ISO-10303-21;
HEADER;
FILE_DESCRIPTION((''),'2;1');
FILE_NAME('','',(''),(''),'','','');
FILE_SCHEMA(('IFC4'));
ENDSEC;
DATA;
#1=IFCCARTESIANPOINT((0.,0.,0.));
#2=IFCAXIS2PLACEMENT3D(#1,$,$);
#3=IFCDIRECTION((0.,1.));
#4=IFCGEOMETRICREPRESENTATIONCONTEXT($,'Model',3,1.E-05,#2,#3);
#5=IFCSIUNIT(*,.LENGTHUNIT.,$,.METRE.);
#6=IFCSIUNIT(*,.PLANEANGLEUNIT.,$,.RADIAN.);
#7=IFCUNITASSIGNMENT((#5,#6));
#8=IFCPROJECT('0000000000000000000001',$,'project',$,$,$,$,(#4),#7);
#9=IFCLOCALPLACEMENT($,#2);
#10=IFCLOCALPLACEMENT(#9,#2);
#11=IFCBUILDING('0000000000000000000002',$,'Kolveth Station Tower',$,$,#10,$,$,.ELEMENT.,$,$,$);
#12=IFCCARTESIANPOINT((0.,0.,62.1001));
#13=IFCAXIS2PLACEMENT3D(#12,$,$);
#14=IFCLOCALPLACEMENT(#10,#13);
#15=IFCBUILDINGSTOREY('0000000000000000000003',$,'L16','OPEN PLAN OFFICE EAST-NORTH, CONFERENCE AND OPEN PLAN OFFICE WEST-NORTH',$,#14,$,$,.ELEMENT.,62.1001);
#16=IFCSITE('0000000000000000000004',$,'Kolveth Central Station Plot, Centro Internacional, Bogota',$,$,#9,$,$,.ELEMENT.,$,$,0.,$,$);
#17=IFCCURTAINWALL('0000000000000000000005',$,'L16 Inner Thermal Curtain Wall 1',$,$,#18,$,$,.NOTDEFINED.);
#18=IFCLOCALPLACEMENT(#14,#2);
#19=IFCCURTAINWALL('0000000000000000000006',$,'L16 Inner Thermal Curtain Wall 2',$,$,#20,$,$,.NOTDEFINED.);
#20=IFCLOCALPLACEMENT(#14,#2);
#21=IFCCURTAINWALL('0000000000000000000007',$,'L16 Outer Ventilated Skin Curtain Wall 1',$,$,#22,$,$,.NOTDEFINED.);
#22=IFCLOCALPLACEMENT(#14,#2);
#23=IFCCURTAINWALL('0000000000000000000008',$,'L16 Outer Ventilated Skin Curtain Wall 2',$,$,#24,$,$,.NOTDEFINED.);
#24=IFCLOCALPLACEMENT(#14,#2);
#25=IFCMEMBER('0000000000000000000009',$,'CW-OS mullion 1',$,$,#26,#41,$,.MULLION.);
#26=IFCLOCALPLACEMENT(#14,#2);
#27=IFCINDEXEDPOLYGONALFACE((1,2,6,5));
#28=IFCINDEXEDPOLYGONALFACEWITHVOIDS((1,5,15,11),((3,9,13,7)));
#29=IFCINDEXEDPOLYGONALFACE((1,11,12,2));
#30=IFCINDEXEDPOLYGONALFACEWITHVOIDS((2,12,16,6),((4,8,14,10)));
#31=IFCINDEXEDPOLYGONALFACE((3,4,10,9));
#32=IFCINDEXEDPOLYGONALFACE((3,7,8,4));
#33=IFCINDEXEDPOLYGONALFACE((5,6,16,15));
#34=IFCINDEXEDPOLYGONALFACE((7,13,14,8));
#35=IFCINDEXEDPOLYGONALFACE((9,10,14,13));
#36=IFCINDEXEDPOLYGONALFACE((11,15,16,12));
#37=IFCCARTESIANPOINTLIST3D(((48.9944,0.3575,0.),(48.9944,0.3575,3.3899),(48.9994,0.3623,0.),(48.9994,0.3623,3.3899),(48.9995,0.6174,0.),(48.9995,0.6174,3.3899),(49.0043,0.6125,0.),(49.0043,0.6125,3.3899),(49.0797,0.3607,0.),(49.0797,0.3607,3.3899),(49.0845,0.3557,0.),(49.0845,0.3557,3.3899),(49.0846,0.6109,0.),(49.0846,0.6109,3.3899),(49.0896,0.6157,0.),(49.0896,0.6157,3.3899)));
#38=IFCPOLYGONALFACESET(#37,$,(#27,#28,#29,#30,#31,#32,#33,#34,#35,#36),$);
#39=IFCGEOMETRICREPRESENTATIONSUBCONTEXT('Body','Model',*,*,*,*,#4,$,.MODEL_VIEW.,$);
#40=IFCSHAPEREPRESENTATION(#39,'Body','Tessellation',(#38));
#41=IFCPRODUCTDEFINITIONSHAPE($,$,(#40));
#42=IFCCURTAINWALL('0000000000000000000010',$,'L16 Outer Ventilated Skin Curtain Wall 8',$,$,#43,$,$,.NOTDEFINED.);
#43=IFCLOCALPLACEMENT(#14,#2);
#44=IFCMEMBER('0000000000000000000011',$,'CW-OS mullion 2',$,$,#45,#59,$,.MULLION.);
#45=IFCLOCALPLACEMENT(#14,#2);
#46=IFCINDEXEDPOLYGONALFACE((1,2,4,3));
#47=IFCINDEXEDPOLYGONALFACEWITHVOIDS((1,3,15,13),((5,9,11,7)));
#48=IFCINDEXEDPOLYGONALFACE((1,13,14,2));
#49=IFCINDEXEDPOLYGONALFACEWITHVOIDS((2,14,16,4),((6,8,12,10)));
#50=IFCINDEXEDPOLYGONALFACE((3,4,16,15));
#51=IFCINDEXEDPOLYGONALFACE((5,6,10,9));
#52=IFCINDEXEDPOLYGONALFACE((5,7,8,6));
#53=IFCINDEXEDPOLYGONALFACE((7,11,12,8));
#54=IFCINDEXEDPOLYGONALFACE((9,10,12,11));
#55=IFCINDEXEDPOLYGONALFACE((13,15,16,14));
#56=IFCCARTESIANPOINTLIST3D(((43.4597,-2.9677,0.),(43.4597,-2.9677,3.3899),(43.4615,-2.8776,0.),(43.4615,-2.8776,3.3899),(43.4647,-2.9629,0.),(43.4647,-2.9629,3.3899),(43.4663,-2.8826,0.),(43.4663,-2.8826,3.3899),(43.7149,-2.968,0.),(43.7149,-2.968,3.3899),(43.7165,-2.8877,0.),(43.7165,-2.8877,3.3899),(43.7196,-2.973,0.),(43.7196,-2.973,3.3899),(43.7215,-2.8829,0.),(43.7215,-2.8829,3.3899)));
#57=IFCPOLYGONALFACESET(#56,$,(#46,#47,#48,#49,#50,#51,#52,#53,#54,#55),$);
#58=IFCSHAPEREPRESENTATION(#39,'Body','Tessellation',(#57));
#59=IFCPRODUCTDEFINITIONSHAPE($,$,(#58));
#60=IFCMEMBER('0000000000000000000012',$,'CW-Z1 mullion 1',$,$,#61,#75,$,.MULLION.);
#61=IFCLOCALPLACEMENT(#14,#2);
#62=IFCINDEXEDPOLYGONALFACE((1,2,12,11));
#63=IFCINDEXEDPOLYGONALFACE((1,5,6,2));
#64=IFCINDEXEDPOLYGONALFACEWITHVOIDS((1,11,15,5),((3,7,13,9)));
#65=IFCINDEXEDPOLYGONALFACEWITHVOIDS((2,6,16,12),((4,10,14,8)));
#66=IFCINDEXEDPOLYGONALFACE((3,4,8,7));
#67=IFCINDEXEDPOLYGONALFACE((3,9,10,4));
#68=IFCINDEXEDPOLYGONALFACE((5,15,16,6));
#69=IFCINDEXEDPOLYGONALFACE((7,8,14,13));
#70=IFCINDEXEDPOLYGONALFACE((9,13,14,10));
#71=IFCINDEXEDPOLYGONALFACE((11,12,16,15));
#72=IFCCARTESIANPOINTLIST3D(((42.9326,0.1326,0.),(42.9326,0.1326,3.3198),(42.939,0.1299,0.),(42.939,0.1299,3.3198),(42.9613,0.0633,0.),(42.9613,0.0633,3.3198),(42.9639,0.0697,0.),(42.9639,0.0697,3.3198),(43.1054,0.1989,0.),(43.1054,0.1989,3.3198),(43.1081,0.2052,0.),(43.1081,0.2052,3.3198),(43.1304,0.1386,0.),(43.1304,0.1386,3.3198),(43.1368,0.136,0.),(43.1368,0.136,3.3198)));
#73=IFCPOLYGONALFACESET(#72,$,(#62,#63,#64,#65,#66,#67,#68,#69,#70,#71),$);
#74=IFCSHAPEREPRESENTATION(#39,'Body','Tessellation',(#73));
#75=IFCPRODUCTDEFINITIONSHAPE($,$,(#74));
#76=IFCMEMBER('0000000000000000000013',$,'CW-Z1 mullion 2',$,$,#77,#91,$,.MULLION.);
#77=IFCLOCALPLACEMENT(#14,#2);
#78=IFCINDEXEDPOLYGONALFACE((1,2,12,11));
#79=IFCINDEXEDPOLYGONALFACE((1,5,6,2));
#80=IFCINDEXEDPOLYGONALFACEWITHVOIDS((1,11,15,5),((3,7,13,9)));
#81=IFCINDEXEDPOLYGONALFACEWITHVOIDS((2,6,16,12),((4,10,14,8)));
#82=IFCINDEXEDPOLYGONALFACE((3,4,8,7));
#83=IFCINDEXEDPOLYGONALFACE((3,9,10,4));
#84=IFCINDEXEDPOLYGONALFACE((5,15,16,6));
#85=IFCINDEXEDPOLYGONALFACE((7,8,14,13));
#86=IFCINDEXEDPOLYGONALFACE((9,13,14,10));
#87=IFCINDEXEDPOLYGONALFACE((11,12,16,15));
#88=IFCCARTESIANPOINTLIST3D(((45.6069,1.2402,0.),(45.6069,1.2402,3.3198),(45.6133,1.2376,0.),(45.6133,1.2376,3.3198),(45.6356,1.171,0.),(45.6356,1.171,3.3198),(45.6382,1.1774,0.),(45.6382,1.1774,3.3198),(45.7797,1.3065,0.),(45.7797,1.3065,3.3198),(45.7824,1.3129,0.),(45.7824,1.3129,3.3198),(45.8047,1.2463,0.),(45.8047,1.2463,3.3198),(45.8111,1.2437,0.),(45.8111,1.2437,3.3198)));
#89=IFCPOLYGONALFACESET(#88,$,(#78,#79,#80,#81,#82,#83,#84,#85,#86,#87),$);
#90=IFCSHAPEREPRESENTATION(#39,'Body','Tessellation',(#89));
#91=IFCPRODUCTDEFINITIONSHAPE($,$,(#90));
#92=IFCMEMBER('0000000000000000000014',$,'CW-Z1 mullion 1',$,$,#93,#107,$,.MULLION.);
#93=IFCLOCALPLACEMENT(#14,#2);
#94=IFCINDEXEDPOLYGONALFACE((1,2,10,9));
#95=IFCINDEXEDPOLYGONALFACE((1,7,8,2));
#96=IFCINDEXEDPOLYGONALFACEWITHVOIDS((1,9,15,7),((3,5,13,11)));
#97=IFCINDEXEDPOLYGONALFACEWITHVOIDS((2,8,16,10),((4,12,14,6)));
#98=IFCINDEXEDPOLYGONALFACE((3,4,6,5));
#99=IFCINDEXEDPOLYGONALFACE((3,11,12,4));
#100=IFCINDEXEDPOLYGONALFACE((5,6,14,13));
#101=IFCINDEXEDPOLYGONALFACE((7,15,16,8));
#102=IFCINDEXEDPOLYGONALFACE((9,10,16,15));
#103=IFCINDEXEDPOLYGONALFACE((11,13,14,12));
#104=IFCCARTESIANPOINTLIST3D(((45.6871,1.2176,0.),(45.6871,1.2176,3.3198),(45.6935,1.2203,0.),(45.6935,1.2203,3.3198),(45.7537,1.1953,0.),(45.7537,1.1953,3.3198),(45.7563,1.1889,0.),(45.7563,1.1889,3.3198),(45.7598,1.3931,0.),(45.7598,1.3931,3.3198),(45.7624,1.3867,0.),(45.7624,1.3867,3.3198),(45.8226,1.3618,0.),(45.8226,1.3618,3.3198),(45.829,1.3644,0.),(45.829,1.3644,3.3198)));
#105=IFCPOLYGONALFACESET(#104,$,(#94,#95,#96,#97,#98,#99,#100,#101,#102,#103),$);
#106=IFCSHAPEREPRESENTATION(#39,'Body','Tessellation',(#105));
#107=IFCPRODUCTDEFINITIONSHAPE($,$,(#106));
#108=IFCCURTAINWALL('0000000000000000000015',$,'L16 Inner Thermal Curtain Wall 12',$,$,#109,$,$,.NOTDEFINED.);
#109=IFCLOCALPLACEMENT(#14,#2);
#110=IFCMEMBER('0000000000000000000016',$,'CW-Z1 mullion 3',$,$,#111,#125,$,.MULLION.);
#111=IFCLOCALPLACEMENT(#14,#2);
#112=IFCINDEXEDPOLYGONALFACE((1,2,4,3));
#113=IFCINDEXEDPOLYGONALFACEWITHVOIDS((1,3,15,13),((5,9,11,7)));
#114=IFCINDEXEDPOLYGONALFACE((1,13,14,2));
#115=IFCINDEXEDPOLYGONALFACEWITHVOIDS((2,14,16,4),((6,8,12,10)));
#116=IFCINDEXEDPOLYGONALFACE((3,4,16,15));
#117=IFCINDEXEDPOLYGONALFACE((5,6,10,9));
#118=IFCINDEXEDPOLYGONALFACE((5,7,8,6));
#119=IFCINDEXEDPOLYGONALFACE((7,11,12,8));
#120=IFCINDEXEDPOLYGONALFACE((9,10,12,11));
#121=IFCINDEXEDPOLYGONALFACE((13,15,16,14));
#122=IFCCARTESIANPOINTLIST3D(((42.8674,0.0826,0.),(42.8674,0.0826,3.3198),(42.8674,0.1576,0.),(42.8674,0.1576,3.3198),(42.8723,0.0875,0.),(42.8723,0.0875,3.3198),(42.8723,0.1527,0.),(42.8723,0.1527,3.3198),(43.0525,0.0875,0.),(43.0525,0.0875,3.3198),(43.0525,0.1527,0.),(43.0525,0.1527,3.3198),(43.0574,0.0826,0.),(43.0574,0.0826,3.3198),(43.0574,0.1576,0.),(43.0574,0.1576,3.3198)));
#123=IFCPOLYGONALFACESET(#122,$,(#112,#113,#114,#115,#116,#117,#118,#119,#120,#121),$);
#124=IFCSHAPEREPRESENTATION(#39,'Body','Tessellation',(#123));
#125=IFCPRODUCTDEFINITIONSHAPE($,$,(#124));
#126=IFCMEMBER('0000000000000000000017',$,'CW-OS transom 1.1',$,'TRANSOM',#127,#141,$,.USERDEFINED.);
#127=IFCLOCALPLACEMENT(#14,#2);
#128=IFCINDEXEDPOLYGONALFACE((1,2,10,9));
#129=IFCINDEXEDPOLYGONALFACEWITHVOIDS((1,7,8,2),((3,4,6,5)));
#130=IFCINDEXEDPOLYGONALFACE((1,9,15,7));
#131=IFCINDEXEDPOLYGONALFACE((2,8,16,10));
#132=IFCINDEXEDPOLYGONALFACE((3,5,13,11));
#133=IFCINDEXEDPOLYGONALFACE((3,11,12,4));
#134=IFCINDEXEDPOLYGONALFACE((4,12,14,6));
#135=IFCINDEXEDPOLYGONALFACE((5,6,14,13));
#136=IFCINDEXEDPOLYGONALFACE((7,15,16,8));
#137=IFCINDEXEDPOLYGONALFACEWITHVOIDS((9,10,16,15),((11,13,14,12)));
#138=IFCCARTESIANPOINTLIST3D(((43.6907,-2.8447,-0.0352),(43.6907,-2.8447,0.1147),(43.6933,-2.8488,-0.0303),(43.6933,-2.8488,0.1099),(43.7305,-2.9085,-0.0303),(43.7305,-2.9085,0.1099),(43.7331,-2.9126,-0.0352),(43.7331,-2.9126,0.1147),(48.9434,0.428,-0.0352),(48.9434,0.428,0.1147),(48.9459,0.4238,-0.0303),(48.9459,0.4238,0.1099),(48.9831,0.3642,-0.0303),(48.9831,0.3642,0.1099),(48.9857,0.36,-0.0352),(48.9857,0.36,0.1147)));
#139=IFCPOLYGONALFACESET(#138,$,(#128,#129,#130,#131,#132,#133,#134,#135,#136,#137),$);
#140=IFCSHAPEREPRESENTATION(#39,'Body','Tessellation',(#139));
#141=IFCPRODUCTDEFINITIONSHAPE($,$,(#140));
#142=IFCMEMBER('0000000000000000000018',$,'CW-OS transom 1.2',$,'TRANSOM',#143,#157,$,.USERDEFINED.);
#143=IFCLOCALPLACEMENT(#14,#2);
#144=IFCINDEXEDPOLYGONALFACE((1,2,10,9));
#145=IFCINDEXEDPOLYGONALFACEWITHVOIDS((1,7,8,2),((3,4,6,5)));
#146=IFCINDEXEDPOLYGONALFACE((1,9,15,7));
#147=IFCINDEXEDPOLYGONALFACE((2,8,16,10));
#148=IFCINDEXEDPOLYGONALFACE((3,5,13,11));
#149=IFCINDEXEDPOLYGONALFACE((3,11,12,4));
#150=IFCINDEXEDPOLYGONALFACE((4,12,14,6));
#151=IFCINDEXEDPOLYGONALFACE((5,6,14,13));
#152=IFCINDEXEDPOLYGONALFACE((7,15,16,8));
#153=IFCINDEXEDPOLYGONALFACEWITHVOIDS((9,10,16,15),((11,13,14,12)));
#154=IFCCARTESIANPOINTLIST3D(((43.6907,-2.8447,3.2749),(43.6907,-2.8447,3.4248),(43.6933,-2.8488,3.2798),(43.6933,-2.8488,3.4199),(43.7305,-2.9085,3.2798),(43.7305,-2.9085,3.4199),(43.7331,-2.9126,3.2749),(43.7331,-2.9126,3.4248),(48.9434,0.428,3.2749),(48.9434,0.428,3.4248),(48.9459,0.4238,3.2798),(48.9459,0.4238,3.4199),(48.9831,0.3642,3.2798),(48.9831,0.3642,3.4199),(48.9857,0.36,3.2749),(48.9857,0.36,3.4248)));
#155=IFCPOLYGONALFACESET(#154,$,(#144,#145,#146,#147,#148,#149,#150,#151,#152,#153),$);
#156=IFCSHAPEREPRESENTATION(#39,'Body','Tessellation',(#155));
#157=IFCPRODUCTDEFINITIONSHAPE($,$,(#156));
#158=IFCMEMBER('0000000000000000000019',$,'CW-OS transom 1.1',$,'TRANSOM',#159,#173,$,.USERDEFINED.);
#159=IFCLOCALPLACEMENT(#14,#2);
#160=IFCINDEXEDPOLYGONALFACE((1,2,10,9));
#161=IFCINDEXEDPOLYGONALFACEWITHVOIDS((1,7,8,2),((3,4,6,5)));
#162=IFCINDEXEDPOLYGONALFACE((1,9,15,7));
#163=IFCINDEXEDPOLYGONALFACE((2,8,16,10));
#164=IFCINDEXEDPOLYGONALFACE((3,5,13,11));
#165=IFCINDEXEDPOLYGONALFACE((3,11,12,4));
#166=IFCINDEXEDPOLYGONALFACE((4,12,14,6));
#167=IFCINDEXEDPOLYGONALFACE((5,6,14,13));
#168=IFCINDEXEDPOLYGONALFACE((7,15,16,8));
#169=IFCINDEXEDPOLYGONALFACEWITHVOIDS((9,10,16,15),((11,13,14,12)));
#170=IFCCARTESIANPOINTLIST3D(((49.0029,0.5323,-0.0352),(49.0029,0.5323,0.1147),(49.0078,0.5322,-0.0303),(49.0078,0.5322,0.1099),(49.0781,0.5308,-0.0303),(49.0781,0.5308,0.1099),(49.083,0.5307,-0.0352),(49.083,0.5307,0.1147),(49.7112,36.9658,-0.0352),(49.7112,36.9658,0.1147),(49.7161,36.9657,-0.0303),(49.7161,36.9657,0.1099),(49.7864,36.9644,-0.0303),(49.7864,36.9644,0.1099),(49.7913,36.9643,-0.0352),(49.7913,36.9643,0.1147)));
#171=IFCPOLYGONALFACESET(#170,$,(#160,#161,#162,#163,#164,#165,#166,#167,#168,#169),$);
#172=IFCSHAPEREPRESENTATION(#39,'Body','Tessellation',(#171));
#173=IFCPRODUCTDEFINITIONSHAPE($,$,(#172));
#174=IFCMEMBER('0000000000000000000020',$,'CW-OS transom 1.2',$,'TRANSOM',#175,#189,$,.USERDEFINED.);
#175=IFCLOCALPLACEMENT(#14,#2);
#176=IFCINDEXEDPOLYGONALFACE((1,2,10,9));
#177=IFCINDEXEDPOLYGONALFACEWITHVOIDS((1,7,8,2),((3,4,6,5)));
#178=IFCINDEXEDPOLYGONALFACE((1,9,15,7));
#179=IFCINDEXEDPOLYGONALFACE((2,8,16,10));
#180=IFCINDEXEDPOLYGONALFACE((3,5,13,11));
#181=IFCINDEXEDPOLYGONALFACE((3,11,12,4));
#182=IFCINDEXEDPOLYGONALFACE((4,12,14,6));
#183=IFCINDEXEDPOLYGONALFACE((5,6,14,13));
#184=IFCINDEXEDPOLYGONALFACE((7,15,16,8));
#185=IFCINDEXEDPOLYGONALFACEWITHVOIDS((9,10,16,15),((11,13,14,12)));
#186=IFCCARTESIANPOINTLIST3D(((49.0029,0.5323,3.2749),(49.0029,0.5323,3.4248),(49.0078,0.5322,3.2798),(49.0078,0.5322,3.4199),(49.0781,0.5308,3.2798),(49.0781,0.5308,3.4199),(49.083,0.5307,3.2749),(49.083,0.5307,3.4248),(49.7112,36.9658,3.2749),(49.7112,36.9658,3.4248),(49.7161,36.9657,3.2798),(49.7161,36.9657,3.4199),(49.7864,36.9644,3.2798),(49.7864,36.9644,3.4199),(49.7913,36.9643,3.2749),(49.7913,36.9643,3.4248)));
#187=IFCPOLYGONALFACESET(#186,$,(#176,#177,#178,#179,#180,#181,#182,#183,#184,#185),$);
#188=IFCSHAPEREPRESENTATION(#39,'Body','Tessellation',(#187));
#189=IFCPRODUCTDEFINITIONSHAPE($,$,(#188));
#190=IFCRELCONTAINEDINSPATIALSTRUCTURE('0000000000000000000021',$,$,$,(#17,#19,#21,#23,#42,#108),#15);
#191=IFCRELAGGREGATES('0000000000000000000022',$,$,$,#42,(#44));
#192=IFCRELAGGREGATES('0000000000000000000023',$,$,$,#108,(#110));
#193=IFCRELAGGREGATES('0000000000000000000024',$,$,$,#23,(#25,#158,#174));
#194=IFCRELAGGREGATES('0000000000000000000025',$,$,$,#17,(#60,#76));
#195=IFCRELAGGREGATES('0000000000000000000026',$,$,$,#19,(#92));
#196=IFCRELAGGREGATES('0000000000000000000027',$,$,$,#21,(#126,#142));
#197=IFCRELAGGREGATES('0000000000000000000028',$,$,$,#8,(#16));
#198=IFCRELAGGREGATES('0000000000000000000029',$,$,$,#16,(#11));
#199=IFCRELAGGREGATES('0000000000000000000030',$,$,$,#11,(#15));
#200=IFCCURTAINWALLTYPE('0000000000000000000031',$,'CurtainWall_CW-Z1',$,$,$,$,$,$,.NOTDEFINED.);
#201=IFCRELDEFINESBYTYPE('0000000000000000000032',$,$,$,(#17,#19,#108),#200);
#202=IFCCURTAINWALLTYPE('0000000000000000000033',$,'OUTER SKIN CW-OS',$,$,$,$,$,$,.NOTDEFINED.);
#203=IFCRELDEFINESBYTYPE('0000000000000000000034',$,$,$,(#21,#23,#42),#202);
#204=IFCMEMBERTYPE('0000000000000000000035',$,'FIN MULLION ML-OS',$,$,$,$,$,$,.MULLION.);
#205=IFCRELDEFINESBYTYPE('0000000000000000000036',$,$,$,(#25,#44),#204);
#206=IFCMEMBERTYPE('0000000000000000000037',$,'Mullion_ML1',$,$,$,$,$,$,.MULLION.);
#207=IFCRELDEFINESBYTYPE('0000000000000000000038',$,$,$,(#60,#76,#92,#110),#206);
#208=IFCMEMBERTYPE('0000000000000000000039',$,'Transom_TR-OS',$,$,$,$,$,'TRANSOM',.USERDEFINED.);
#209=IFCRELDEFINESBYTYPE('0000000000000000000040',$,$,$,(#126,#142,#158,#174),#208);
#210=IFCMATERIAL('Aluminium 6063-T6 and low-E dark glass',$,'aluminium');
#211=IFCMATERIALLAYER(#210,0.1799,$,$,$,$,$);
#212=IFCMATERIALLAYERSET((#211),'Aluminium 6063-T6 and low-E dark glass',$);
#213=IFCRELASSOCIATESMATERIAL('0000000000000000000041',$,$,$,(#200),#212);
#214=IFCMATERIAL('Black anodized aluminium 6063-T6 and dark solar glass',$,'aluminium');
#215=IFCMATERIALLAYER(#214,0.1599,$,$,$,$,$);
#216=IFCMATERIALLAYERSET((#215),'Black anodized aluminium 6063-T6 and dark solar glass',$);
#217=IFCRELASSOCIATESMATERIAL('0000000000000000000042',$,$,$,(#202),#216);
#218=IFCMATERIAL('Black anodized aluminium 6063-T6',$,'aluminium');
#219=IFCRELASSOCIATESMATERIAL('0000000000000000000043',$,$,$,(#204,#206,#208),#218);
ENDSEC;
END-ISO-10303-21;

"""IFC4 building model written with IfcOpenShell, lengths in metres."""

from ifc_helpers import new_model, si_unit, direction, frame, origin, origin_2d, place, context, subcontext, project, spatial, hollow_rectangle, extrude, source, transform, mapped, material, layer, layer_set, material_profile, profile_set, type_object, element, aggregate, save


model = new_model("IFC4")

# Units and contexts
model_context = context("Model", 3, precision=1e-05, world=origin(), true_north=direction((0.0, 1.0)))
body_context = subcontext(model_context, "Body", "Model", "MODEL_VIEW")
ifc_project = project(units=[si_unit("LENGTHUNIT", "METRE"), si_unit("PLANEANGLEUNIT", "RADIAN")], contexts=[model_context])

# Site, building, storey
site_placement = place(None, origin())
site = spatial("IfcSite", under=ifc_project, at=site_placement, Name="Kolveth Central Station Plot, Centro Internacional, Bogota", CompositionType="ELEMENT", RefElevation=0.0)
building_placement = place(site_placement, origin())
building = spatial("IfcBuilding", under=site, at=building_placement, Name="Kolveth Station Tower", CompositionType="ELEMENT")
storey_placement = place(building_placement, frame((0.0, 0.0, 62.1001)))
storey = spatial("IfcBuildingStorey", under=building, at=storey_placement, Name="L16", Description="OPEN PLAN OFFICE EAST-NORTH, CONFERENCE AND OPEN PLAN OFFICE WEST-NORTH", CompositionType="ELEMENT", Elevation=62.1001)

# Curtain walls
ifc_material_1 = material(Name="Aluminium 6063-T6 and low-E dark glass", Category="aluminium")
ifc_layer_1 = layer(ifc_material_1, 0.1799)
ifc_layer_set_1 = layer_set([ifc_layer_1], Name="Aluminium 6063-T6 and low-E dark glass")
curtain_wall_type_1 = type_object("IfcCurtainWallType", Name="CurtainWall_CW-Z1", PredefinedType="NOTDEFINED", material=ifc_layer_set_1)
curtain_wall_1_placement = place(storey_placement, origin())
curtain_wall_1 = element("IfcCurtainWall", 1, at=curtain_wall_1_placement, inside=storey, type_object=curtain_wall_type_1, Name="L16 Inner Thermal Curtain Wall 1", PredefinedType="NOTDEFINED")
ifc_material_2 = material(Name="Black anodized aluminium 6063-T6", Category="aluminium")
curtain_wall_2_placement = place(storey_placement, origin())
curtain_wall_2 = element("IfcCurtainWall", 2, at=curtain_wall_2_placement, inside=storey, type_object=curtain_wall_type_1, Name="L16 Inner Thermal Curtain Wall 2", PredefinedType="NOTDEFINED")
ifc_material_3 = material(Name="Black anodized aluminium 6063-T6 and dark solar glass", Category="aluminium")
ifc_layer_2 = layer(ifc_material_3, 0.1599)
ifc_layer_set_2 = layer_set([ifc_layer_2], Name="Black anodized aluminium 6063-T6 and dark solar glass")
curtain_wall_type_2 = type_object("IfcCurtainWallType", Name="OUTER SKIN CW-OS", PredefinedType="NOTDEFINED", material=ifc_layer_set_2)
curtain_wall_3_placement = place(storey_placement, origin())
curtain_wall_3 = element("IfcCurtainWall", 3, at=curtain_wall_3_placement, inside=storey, type_object=curtain_wall_type_2, Name="L16 Outer Ventilated Skin Curtain Wall 1", PredefinedType="NOTDEFINED")
ifc_material_profile_1 = material_profile(ifc_material_2, hollow_rectangle(XDim=0.0901, YDim=0.26, WallThickness=0.0049, at=origin_2d()), Name="ALU-90x260x5")
ifc_profile_set_1 = profile_set([ifc_material_profile_1], Name="Black anodized aluminium 6063-T6")
member_type_1 = type_object("IfcMemberType", Name="FIN MULLION ML-OS", PredefinedType="MULLION", material=ifc_profile_set_1)
shared_shape_1 = source(origin(), body_context, "Body", "SweptSolid", [
    extrude(hollow_rectangle(XDim=0.0901, YDim=0.26, WallThickness=0.0049, at=origin_2d()), origin(), (0.0, 0.0, 1.0), 3.3899),
])

# Curtain walls, members
curtain_wall_4_placement = place(storey_placement, origin())
curtain_wall_4 = element("IfcCurtainWall", 4, at=curtain_wall_4_placement, inside=storey, type_object=curtain_wall_type_2, Name="L16 Outer Ventilated Skin Curtain Wall 2", PredefinedType="NOTDEFINED")
member_1_placement = place(storey_placement, frame((49.042, 0.4866, 0.0), z_axis=(0.0, 0.0, 1.0), x_axis=(-0.999811, 0.019437, 0.0)))
member_1 = element("IfcMember", 5, at=member_1_placement, type_object=member_type_1, Name="CW-OS mullion 1", PredefinedType="MULLION", context=body_context, shape_type="MappedRepresentation", body=[
    mapped(shared_shape_1, transform((0.0, 0.0, 0.0), x_axis=(1.0, 0.0, 0.0), y_axis=(0.0, 1.0, 0.0), z_axis=(0.0, 0.0, 1.0), scale=1.0)),
])
curtain_wall_5_placement = place(storey_placement, origin())
curtain_wall_5 = element("IfcCurtainWall", 6, at=curtain_wall_5_placement, inside=storey, type_object=curtain_wall_type_2, Name="L16 Outer Ventilated Skin Curtain Wall 8", PredefinedType="NOTDEFINED")
member_2_placement = place(storey_placement, frame((43.5906, -2.9253, 0.0), z_axis=(0.0, 0.0, 1.0), x_axis=(0.020354, 0.999793, 0.0)))
member_2 = element("IfcMember", 7, at=member_2_placement, type_object=member_type_1, Name="CW-OS mullion 2", PredefinedType="MULLION", context=body_context, shape_type="MappedRepresentation", body=[
    mapped(shared_shape_1, transform((0.0, 0.0, 0.0), x_axis=(1.0, 0.0, 0.0), y_axis=(0.0, 1.0, 0.0), z_axis=(0.0, 0.0, 1.0), scale=1.0)),
])
aggregate(curtain_wall_5, [member_2])

# Members
ifc_material_profile_2 = material_profile(ifc_material_2, hollow_rectangle(XDim=0.075, YDim=0.1899, WallThickness=0.0049, at=origin_2d()), Name="ALU-75x190x5")
ifc_profile_set_2 = profile_set([ifc_material_profile_2], Name="Black anodized aluminium 6063-T6")
member_type_2 = type_object("IfcMemberType", Name="Mullion_ML1", PredefinedType="MULLION", material=ifc_profile_set_2)
shared_shape_2 = source(origin(), body_context, "Body", "SweptSolid", [
    extrude(hollow_rectangle(XDim=0.075, YDim=0.1899, WallThickness=0.0049, at=origin_2d()), origin(), (0.0, 0.0, 1.0), 3.3198),
])
member_3_placement = place(storey_placement, frame((43.0347, 0.1343, 0.0), z_axis=(0.0, 0.0, 1.0), x_axis=(-0.382673, 0.923884, 0.0)))
member_3 = element("IfcMember", 8, at=member_3_placement, type_object=member_type_2, Name="CW-Z1 mullion 1", PredefinedType="MULLION", context=body_context, shape_type="MappedRepresentation", body=[
    mapped(shared_shape_2, transform((0.0, 0.0, 0.0), x_axis=(1.0, 0.0, 0.0), y_axis=(0.0, 1.0, 0.0), z_axis=(0.0, 0.0, 1.0), scale=1.0)),
])
member_4_placement = place(storey_placement, frame((45.709, 1.2419, 0.0), z_axis=(0.0, 0.0, 1.0), x_axis=(-0.382673, 0.923884, 0.0)))
member_4 = element("IfcMember", 9, at=member_4_placement, type_object=member_type_2, Name="CW-Z1 mullion 2", PredefinedType="MULLION", context=body_context, shape_type="MappedRepresentation", body=[
    mapped(shared_shape_2, transform((0.0, 0.0, 0.0), x_axis=(1.0, 0.0, 0.0), y_axis=(0.0, 1.0, 0.0), z_axis=(0.0, 0.0, 1.0), scale=1.0)),
])
member_5_placement = place(storey_placement, frame((45.7581, 1.291, 0.0), z_axis=(0.0, 0.0, 1.0), x_axis=(-0.923884, 0.382673, 0.0)))
member_5 = element("IfcMember", 10, at=member_5_placement, type_object=member_type_2, Name="CW-Z1 mullion 1", PredefinedType="MULLION", context=body_context, shape_type="MappedRepresentation", body=[
    mapped(shared_shape_2, transform((0.0, 0.0, 0.0), x_axis=(1.0, 0.0, 0.0), y_axis=(0.0, 1.0, 0.0), z_axis=(0.0, 0.0, 1.0), scale=1.0)),
])

# Curtain wall, member
curtain_wall_6_placement = place(storey_placement, origin())
curtain_wall_6 = element("IfcCurtainWall", 11, at=curtain_wall_6_placement, inside=storey, type_object=curtain_wall_type_1, Name="L16 Inner Thermal Curtain Wall 12", PredefinedType="NOTDEFINED")
member_6_placement = place(storey_placement, frame((42.9624, 0.1201, 0.0), z_axis=(0.0, 0.0, 1.0), x_axis=(0.0, 1.0, 0.0)))
member_6 = element("IfcMember", 12, at=member_6_placement, type_object=member_type_2, Name="CW-Z1 mullion 3", PredefinedType="MULLION", context=body_context, shape_type="MappedRepresentation", body=[
    mapped(shared_shape_2, transform((0.0, 0.0, 0.0), x_axis=(1.0, 0.0, 0.0), y_axis=(0.0, 1.0, 0.0), z_axis=(0.0, 0.0, 1.0), scale=1.0)),
])
aggregate(curtain_wall_6, [member_6])

# Members
ifc_material_profile_3 = material_profile(ifc_material_2, hollow_rectangle(XDim=0.0801, YDim=0.1499, WallThickness=0.0049, at=origin_2d()), Name="ALU-80x150x5")
ifc_profile_set_3 = profile_set([ifc_material_profile_3], Name="Black anodized aluminium 6063-T6")
member_type_3 = type_object("IfcMemberType", Name="Transom_TR-OS", ElementType="TRANSOM", PredefinedType="USERDEFINED", material=ifc_profile_set_3)
shared_shape_3 = source(origin(), body_context, "Body", "SweptSolid", [
    extrude(hollow_rectangle(XDim=0.0801, YDim=0.1499, WallThickness=0.0049, at=origin_2d()), origin(), (0.0, 0.0, 1.0), 6.1887),
])
member_7_placement = place(storey_placement, frame((43.7119, -2.8787, 0.0398), z_axis=(0.84874, 0.528811, 0.0), x_axis=(-0.528811, 0.84874, 0.0)))
member_7 = element("IfcMember", 13, at=member_7_placement, type_object=member_type_3, Name="CW-OS transom 1.1", ObjectType="TRANSOM", PredefinedType="USERDEFINED", context=body_context, shape_type="MappedRepresentation", body=[
    mapped(shared_shape_3, transform((0.0, 0.0, 0.0), x_axis=(1.0, 0.0, 0.0), y_axis=(0.0, 1.0, 0.0), z_axis=(0.0, 0.0, 1.0), scale=1.0)),
])
member_8_placement = place(storey_placement, frame((43.7119, -2.8787, 3.3499), z_axis=(0.84874, 0.528811, 0.0), x_axis=(-0.528811, 0.84874, 0.0)))
member_8 = element("IfcMember", 14, at=member_8_placement, type_object=member_type_3, Name="CW-OS transom 1.2", ObjectType="TRANSOM", PredefinedType="USERDEFINED", context=body_context, shape_type="MappedRepresentation", body=[
    mapped(shared_shape_3, transform((0.0, 0.0, 0.0), x_axis=(1.0, 0.0, 0.0), y_axis=(0.0, 1.0, 0.0), z_axis=(0.0, 0.0, 1.0), scale=1.0)),
])
shared_shape_4 = source(origin(), body_context, "Body", "SweptSolid", [
    extrude(hollow_rectangle(XDim=0.0801, YDim=0.1499, WallThickness=0.0049, at=origin_2d()), origin(), (0.0, 0.0, 1.0), 36.4404),
])
member_9_placement = place(storey_placement, frame((49.043, 0.5315, 0.0398), z_axis=(0.019436, 0.999811, 0.0), x_axis=(-0.999811, 0.019436, 0.0)))
member_9 = element("IfcMember", 15, at=member_9_placement, type_object=member_type_3, Name="CW-OS transom 1.1", ObjectType="TRANSOM", PredefinedType="USERDEFINED", context=body_context, shape_type="MappedRepresentation", body=[
    mapped(shared_shape_4, transform((0.0, 0.0, 0.0), x_axis=(1.0, 0.0, 0.0), y_axis=(0.0, 1.0, 0.0), z_axis=(0.0, 0.0, 1.0), scale=1.0)),
])
member_10_placement = place(storey_placement, frame((49.043, 0.5315, 3.3499), z_axis=(0.019436, 0.999811, 0.0), x_axis=(-0.999811, 0.019436, 0.0)))
member_10 = element("IfcMember", 16, at=member_10_placement, type_object=member_type_3, Name="CW-OS transom 1.2", ObjectType="TRANSOM", PredefinedType="USERDEFINED", context=body_context, shape_type="MappedRepresentation", body=[
    mapped(shared_shape_4, transform((0.0, 0.0, 0.0), x_axis=(1.0, 0.0, 0.0), y_axis=(0.0, 1.0, 0.0), z_axis=(0.0, 0.0, 1.0), scale=1.0)),
])
aggregate(curtain_wall_4, [member_1, member_9, member_10])

aggregate(curtain_wall_1, [member_3, member_4])
aggregate(curtain_wall_2, [member_5])
aggregate(curtain_wall_3, [member_7, member_8])

save(model, "model.ifc")
